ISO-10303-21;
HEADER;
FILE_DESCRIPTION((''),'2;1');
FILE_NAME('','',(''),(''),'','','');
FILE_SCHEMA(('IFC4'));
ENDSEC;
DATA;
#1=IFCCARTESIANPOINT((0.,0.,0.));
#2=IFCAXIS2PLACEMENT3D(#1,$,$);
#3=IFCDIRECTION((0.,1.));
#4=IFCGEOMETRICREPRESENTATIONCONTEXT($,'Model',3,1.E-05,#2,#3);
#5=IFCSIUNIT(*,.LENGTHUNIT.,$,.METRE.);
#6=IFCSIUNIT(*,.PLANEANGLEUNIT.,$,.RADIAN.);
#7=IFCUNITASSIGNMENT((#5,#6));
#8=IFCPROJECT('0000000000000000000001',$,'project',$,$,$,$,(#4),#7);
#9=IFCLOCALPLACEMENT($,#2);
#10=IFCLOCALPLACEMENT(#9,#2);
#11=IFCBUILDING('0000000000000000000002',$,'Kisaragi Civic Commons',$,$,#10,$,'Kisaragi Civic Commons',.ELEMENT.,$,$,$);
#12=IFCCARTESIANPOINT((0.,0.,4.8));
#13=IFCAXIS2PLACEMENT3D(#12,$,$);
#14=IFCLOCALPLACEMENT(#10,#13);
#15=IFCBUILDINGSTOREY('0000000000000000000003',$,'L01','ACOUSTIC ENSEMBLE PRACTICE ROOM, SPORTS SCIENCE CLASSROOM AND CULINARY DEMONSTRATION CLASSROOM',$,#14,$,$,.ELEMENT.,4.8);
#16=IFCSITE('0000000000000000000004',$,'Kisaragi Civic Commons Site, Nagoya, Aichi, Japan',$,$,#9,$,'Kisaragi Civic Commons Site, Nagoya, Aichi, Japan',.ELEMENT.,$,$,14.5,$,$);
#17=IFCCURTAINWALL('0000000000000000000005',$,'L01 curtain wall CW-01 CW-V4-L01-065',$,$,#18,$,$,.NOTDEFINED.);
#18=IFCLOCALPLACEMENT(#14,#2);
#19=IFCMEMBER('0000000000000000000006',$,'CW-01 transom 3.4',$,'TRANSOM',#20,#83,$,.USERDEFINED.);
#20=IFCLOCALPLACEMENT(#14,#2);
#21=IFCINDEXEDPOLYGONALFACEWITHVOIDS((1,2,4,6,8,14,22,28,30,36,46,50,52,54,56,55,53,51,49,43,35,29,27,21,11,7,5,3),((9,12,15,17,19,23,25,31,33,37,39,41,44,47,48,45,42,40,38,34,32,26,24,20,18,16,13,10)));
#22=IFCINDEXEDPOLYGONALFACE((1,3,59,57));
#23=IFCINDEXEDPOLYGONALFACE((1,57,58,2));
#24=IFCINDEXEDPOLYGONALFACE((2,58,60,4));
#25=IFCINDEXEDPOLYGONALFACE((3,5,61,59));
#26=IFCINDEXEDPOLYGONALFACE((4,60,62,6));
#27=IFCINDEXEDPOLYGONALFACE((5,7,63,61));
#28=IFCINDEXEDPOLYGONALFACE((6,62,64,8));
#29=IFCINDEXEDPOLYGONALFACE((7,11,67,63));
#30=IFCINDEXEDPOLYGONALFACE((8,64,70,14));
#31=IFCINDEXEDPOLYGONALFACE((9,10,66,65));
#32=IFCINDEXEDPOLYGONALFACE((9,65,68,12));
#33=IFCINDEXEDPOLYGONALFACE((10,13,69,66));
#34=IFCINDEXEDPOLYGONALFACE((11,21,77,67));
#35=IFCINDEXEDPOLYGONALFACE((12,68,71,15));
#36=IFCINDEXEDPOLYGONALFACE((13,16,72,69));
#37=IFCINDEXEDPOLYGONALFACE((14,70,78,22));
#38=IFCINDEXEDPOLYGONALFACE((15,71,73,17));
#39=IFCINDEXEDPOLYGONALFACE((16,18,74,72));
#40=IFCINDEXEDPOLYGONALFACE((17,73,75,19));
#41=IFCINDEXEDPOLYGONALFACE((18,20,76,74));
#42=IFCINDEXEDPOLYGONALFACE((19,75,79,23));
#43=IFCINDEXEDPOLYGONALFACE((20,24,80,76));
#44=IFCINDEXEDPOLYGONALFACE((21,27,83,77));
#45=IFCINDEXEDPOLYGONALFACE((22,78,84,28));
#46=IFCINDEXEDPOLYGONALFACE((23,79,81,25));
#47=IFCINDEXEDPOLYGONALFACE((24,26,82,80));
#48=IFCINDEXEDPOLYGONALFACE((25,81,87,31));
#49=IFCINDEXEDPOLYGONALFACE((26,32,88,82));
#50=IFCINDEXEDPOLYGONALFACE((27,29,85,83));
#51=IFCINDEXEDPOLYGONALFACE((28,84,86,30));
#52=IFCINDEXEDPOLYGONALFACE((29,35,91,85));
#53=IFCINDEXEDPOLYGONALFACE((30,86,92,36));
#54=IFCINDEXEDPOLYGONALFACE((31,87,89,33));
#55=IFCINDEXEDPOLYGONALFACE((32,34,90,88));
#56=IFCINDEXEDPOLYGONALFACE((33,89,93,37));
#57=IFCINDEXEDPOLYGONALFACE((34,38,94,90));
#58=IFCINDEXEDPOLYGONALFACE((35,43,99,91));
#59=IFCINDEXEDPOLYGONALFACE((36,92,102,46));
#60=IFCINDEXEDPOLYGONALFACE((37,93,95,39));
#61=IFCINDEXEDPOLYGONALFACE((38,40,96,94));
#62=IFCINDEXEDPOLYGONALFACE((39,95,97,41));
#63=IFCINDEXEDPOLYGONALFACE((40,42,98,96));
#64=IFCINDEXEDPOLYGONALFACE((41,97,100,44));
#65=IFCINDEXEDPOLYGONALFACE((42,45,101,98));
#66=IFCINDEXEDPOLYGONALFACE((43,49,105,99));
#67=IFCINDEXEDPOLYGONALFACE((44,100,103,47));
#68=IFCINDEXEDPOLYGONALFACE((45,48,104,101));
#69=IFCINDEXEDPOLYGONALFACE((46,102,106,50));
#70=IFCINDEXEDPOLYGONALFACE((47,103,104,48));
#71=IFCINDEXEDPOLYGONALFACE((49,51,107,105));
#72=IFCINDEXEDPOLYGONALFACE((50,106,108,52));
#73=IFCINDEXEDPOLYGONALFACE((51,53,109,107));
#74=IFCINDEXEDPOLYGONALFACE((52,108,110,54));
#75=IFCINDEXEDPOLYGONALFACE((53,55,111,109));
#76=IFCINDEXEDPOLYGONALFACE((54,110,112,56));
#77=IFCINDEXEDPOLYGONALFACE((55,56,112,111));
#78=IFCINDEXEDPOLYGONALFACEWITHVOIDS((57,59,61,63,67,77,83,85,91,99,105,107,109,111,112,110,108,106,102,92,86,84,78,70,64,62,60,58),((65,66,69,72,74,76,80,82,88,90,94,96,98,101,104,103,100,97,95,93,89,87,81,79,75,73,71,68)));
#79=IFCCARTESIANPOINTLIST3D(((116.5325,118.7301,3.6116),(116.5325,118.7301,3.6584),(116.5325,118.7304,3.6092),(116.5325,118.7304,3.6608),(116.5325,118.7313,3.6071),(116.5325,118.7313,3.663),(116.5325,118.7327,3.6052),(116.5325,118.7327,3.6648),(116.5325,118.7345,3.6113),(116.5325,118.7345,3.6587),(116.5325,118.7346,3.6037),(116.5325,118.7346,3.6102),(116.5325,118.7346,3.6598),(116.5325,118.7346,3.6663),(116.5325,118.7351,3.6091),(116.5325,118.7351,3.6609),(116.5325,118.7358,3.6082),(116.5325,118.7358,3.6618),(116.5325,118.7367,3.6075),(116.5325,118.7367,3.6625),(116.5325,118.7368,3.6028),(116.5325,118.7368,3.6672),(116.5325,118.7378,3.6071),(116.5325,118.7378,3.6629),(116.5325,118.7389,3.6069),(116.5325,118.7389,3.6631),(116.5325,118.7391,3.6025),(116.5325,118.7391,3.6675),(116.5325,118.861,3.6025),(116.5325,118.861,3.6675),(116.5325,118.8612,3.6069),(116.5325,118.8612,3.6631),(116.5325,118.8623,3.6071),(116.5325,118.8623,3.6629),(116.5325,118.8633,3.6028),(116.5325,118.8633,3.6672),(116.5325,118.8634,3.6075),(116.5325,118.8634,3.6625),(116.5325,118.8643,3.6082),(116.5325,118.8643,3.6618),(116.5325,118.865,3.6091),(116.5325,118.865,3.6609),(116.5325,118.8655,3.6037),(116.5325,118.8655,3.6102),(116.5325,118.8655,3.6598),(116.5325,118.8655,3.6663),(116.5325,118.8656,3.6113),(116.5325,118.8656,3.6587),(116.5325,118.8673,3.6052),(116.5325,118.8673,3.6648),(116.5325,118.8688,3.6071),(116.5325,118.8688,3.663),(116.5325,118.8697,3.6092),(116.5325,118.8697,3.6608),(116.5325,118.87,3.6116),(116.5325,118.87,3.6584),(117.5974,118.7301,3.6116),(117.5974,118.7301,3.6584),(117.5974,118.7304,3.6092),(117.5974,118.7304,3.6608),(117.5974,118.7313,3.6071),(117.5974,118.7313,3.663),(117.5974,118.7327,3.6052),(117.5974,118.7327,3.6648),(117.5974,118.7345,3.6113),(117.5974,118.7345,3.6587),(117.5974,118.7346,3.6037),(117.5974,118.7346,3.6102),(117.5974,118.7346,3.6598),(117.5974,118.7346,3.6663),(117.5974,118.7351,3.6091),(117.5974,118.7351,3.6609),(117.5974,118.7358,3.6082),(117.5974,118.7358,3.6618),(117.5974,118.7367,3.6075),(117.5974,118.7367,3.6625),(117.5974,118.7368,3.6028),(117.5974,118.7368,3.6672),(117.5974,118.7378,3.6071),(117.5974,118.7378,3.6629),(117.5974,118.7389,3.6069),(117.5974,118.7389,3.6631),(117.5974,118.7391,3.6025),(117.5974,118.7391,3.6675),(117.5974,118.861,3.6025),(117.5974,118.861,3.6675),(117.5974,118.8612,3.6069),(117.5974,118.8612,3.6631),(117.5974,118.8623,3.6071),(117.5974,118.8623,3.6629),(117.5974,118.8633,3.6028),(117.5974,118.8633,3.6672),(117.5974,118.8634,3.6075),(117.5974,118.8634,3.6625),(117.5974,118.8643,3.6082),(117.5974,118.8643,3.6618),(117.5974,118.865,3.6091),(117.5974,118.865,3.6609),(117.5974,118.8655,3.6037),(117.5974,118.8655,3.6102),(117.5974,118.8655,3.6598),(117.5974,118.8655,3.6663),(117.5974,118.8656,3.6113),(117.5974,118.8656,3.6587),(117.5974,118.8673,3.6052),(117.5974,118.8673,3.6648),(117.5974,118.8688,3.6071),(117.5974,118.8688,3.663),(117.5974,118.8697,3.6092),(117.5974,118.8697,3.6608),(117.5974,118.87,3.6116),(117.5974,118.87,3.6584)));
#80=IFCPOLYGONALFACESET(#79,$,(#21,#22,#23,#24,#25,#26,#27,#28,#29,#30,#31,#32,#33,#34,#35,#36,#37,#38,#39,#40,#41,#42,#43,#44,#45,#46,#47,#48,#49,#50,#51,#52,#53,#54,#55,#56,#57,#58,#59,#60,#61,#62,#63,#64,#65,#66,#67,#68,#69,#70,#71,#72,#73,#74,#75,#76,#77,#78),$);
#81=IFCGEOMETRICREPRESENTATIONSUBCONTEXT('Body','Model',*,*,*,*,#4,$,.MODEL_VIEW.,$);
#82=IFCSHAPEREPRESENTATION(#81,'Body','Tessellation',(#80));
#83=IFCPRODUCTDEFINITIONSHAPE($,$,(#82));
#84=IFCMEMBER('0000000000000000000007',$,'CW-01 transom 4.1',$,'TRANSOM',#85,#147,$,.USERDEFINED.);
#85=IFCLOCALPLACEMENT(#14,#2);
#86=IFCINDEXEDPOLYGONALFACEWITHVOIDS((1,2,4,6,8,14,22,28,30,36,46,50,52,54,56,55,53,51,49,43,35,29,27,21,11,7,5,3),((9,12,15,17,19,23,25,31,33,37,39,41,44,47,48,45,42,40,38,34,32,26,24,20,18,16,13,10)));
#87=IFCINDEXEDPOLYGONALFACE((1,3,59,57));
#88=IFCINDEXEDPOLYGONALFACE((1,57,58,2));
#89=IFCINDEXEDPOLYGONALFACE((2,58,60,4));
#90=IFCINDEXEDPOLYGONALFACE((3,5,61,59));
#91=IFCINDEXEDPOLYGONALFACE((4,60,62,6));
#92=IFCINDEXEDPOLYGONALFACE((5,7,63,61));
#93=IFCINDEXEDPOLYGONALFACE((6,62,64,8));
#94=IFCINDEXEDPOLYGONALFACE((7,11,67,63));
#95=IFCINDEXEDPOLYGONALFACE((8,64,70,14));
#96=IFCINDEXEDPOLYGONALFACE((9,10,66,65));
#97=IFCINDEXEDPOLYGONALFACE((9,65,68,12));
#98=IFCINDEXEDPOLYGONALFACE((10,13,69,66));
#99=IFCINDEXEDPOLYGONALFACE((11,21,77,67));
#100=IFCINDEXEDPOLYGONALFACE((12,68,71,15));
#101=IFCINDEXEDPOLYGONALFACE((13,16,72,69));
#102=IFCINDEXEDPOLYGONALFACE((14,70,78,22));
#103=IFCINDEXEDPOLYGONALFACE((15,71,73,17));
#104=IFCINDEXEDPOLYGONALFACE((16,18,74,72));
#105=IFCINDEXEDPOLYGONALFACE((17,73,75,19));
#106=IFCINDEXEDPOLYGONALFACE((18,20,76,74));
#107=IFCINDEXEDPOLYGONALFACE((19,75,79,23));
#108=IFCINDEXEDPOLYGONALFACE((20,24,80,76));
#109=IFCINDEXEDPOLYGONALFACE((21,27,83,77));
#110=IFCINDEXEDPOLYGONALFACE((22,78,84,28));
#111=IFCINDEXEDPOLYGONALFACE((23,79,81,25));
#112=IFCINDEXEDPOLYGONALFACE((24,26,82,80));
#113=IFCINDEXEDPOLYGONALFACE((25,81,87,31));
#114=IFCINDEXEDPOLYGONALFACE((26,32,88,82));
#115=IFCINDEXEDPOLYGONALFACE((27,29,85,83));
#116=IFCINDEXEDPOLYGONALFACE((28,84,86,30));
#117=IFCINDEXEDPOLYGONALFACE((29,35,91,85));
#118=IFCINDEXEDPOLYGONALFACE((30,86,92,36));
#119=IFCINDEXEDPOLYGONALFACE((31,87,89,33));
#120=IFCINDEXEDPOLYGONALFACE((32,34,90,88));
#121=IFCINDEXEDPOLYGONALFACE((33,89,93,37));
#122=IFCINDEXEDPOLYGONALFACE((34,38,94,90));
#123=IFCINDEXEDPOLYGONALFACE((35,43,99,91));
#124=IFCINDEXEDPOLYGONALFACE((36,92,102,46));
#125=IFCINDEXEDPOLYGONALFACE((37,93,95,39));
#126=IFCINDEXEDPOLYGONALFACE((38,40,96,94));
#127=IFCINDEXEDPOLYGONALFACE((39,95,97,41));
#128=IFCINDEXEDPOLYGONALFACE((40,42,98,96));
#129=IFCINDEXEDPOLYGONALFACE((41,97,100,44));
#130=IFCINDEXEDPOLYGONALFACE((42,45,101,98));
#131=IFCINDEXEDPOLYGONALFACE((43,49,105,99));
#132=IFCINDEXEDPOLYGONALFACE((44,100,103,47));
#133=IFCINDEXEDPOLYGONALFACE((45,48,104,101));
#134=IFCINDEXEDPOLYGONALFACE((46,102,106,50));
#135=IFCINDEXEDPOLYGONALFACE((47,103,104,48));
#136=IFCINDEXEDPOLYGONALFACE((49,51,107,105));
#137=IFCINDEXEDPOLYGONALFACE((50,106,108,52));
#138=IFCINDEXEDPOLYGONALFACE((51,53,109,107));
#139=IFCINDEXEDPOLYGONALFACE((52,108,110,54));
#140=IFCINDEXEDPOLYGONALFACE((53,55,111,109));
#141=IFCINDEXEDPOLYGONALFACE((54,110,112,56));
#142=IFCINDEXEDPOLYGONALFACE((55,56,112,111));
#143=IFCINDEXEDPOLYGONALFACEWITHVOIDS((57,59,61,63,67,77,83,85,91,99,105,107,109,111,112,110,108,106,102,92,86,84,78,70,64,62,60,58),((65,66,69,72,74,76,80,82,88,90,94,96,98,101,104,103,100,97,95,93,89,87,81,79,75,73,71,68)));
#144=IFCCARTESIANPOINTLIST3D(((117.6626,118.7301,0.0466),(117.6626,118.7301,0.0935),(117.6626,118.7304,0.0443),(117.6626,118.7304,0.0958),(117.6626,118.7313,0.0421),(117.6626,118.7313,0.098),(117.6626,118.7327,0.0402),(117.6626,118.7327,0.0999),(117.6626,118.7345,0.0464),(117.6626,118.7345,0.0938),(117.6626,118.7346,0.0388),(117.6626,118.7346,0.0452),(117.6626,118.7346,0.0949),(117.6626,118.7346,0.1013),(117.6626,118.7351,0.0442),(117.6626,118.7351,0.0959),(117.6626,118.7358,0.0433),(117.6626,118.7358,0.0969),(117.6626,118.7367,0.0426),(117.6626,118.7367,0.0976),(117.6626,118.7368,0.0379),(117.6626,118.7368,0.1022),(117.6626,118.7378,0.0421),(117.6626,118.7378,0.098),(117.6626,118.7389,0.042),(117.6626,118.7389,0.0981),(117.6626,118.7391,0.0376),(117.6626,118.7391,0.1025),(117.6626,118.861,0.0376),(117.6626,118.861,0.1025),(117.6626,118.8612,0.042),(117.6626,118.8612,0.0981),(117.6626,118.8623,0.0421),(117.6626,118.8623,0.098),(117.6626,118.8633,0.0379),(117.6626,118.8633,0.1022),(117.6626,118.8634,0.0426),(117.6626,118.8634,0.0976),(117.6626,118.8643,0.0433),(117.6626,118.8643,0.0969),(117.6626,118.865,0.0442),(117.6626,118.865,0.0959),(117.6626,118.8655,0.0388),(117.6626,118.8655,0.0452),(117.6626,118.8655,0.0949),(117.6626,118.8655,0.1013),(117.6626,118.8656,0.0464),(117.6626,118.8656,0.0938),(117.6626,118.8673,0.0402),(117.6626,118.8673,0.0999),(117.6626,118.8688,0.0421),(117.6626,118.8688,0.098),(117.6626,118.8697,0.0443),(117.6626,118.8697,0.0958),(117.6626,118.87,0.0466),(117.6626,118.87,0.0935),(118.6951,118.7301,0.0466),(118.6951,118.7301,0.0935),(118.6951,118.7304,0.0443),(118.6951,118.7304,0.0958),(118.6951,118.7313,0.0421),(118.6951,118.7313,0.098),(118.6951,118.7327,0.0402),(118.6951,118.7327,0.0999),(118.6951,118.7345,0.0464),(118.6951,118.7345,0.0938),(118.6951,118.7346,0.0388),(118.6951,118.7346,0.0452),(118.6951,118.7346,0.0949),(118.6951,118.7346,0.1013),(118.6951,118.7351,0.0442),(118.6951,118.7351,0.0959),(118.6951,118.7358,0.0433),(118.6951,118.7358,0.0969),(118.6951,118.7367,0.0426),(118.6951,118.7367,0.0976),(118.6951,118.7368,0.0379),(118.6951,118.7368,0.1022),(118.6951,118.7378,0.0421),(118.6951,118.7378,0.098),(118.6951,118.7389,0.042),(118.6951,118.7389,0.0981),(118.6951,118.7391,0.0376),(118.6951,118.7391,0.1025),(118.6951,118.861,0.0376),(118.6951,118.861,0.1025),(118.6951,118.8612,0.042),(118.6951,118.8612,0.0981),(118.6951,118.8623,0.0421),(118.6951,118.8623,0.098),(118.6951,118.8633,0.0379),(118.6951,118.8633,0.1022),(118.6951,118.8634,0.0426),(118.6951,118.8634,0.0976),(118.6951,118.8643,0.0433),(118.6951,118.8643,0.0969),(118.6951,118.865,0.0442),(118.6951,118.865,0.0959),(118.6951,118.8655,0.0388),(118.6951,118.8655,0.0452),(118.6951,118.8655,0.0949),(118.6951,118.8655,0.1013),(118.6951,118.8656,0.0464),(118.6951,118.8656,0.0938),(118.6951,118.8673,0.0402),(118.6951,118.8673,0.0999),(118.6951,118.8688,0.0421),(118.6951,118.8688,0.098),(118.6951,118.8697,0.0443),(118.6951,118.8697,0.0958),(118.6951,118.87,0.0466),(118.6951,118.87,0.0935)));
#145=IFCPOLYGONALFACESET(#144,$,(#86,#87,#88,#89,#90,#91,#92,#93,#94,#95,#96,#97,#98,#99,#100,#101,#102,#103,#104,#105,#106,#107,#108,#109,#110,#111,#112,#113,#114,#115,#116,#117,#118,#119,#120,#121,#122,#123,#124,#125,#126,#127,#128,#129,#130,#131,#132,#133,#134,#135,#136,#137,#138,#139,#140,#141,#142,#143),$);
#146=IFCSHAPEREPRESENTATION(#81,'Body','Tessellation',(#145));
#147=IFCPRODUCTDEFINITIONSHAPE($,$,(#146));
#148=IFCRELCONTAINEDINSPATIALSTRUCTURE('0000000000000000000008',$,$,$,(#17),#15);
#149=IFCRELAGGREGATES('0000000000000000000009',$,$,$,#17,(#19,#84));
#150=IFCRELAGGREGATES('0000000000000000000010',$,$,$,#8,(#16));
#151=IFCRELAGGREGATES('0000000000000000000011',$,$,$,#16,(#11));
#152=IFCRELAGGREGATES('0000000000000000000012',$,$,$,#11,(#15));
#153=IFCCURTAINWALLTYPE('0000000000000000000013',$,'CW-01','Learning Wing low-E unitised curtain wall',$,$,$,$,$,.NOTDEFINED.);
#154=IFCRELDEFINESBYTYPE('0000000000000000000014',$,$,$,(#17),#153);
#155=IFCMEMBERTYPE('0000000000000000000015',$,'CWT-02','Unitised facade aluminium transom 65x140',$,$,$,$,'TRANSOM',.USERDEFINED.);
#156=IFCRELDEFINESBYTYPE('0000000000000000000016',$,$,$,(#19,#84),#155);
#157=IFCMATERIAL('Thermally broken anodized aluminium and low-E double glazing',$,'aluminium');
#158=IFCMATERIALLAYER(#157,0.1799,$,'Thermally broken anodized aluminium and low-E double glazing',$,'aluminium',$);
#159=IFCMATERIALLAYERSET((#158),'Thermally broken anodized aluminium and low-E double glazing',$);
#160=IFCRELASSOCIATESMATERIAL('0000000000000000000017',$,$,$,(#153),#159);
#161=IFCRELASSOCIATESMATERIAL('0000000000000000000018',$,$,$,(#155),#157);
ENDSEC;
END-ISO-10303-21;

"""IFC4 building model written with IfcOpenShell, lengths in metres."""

from ifc_helpers import new_model, si_unit, direction, frame, origin, origin_2d, place, context, subcontext, project, spatial, hollow_rectangle, extrude, material, layer, layer_set, material_profile, profile_set, type_object, element, aggregate, save


model = new_model("IFC4")

# Units and contexts
model_context = context("Model", 3, precision=1e-05, world=origin(), true_north=direction((0.0, 1.0)))
body_context = subcontext(model_context, "Body", "Model", "MODEL_VIEW")
ifc_project = project(units=[si_unit("LENGTHUNIT", "METRE"), si_unit("PLANEANGLEUNIT", "RADIAN")], contexts=[model_context])

# Site, building, storey
site_placement = place(None, origin())
site = spatial("IfcSite", under=ifc_project, at=site_placement, Name="Kisaragi Civic Commons Site, Nagoya, Aichi, Japan", LongName="Kisaragi Civic Commons Site, Nagoya, Aichi, Japan", CompositionType="ELEMENT", RefElevation=14.5)
building_placement = place(site_placement, origin())
building = spatial("IfcBuilding", under=site, at=building_placement, Name="Kisaragi Civic Commons", LongName="Kisaragi Civic Commons", CompositionType="ELEMENT")
storey_placement = place(building_placement, frame((0.0, 0.0, 4.8)))
storey = spatial("IfcBuildingStorey", under=building, at=storey_placement, Name="L01", Description="ACOUSTIC ENSEMBLE PRACTICE ROOM, SPORTS SCIENCE CLASSROOM AND CULINARY DEMONSTRATION CLASSROOM", CompositionType="ELEMENT", Elevation=4.8)

# Curtain wall, members
ifc_material_1 = material(Name="Thermally broken anodized aluminium and low-E double glazing", Category="aluminium")
ifc_layer_1 = layer(ifc_material_1, 0.1799, Name="Thermally broken anodized aluminium and low-E double glazing", Category="aluminium")
ifc_layer_set_1 = layer_set([ifc_layer_1], Name="Thermally broken anodized aluminium and low-E double glazing")
curtain_wall_type = type_object("IfcCurtainWallType", Name="CW-01", Description="Learning Wing low-E unitised curtain wall", PredefinedType="NOTDEFINED", material=ifc_layer_set_1)
curtain_wall_placement = place(storey_placement, origin())
curtain_wall = element("IfcCurtainWall", 1, at=curtain_wall_placement, inside=storey, type_object=curtain_wall_type, Name="L01 curtain wall CW-01 CW-V4-L01-065", PredefinedType="NOTDEFINED")
ifc_material_profile_1 = material_profile(ifc_material_1, hollow_rectangle(XDim=0.1399, YDim=0.0649, WallThickness=0.0044, InnerFilletRadius=0.0044, OuterFilletRadius=0.009, at=origin_2d()), Name="CWT-65x140x4.5", Category="aluminium")
ifc_profile_set_1 = profile_set([ifc_material_profile_1], Name="Thermally broken anodized aluminium and low-E double glazing")
member_type_1 = type_object("IfcMemberType", Name="CWT-02", Description="Unitised facade aluminium transom 65x140", ElementType="TRANSOM", PredefinedType="USERDEFINED", material=ifc_profile_set_1)
member_1_placement = place(storey_placement, frame((116.5325, 118.8, 3.635), z_axis=(1.0, 0.0, 0.0), x_axis=(0.0, 1.0, 0.0)))
member_1 = element("IfcMember", 2, at=member_1_placement, type_object=member_type_1, Name="CW-01 transom 3.4", ObjectType="TRANSOM", PredefinedType="USERDEFINED", context=body_context, shape_type="SweptSolid", body=[
    extrude(hollow_rectangle(XDim=0.1399, YDim=0.0649, WallThickness=0.0044, InnerFilletRadius=0.0044, OuterFilletRadius=0.009, at=origin_2d()), origin(), (0.0, 0.0, 1.0), 1.0649),
])
member_2_placement = place(storey_placement, frame((117.6626, 118.8, 0.0701), z_axis=(1.0, 0.0, 0.0), x_axis=(0.0, 1.0, 0.0)))
member_2 = element("IfcMember", 3, at=member_2_placement, type_object=member_type_1, Name="CW-01 transom 4.1", ObjectType="TRANSOM", PredefinedType="USERDEFINED", context=body_context, shape_type="SweptSolid", body=[
    extrude(hollow_rectangle(XDim=0.1399, YDim=0.0649, WallThickness=0.0044, InnerFilletRadius=0.0044, OuterFilletRadius=0.009, at=origin_2d()), origin(), (0.0, 0.0, 1.0), 1.0325),
])
aggregate(curtain_wall, [member_1, member_2])

save(model, "model.ifc")
